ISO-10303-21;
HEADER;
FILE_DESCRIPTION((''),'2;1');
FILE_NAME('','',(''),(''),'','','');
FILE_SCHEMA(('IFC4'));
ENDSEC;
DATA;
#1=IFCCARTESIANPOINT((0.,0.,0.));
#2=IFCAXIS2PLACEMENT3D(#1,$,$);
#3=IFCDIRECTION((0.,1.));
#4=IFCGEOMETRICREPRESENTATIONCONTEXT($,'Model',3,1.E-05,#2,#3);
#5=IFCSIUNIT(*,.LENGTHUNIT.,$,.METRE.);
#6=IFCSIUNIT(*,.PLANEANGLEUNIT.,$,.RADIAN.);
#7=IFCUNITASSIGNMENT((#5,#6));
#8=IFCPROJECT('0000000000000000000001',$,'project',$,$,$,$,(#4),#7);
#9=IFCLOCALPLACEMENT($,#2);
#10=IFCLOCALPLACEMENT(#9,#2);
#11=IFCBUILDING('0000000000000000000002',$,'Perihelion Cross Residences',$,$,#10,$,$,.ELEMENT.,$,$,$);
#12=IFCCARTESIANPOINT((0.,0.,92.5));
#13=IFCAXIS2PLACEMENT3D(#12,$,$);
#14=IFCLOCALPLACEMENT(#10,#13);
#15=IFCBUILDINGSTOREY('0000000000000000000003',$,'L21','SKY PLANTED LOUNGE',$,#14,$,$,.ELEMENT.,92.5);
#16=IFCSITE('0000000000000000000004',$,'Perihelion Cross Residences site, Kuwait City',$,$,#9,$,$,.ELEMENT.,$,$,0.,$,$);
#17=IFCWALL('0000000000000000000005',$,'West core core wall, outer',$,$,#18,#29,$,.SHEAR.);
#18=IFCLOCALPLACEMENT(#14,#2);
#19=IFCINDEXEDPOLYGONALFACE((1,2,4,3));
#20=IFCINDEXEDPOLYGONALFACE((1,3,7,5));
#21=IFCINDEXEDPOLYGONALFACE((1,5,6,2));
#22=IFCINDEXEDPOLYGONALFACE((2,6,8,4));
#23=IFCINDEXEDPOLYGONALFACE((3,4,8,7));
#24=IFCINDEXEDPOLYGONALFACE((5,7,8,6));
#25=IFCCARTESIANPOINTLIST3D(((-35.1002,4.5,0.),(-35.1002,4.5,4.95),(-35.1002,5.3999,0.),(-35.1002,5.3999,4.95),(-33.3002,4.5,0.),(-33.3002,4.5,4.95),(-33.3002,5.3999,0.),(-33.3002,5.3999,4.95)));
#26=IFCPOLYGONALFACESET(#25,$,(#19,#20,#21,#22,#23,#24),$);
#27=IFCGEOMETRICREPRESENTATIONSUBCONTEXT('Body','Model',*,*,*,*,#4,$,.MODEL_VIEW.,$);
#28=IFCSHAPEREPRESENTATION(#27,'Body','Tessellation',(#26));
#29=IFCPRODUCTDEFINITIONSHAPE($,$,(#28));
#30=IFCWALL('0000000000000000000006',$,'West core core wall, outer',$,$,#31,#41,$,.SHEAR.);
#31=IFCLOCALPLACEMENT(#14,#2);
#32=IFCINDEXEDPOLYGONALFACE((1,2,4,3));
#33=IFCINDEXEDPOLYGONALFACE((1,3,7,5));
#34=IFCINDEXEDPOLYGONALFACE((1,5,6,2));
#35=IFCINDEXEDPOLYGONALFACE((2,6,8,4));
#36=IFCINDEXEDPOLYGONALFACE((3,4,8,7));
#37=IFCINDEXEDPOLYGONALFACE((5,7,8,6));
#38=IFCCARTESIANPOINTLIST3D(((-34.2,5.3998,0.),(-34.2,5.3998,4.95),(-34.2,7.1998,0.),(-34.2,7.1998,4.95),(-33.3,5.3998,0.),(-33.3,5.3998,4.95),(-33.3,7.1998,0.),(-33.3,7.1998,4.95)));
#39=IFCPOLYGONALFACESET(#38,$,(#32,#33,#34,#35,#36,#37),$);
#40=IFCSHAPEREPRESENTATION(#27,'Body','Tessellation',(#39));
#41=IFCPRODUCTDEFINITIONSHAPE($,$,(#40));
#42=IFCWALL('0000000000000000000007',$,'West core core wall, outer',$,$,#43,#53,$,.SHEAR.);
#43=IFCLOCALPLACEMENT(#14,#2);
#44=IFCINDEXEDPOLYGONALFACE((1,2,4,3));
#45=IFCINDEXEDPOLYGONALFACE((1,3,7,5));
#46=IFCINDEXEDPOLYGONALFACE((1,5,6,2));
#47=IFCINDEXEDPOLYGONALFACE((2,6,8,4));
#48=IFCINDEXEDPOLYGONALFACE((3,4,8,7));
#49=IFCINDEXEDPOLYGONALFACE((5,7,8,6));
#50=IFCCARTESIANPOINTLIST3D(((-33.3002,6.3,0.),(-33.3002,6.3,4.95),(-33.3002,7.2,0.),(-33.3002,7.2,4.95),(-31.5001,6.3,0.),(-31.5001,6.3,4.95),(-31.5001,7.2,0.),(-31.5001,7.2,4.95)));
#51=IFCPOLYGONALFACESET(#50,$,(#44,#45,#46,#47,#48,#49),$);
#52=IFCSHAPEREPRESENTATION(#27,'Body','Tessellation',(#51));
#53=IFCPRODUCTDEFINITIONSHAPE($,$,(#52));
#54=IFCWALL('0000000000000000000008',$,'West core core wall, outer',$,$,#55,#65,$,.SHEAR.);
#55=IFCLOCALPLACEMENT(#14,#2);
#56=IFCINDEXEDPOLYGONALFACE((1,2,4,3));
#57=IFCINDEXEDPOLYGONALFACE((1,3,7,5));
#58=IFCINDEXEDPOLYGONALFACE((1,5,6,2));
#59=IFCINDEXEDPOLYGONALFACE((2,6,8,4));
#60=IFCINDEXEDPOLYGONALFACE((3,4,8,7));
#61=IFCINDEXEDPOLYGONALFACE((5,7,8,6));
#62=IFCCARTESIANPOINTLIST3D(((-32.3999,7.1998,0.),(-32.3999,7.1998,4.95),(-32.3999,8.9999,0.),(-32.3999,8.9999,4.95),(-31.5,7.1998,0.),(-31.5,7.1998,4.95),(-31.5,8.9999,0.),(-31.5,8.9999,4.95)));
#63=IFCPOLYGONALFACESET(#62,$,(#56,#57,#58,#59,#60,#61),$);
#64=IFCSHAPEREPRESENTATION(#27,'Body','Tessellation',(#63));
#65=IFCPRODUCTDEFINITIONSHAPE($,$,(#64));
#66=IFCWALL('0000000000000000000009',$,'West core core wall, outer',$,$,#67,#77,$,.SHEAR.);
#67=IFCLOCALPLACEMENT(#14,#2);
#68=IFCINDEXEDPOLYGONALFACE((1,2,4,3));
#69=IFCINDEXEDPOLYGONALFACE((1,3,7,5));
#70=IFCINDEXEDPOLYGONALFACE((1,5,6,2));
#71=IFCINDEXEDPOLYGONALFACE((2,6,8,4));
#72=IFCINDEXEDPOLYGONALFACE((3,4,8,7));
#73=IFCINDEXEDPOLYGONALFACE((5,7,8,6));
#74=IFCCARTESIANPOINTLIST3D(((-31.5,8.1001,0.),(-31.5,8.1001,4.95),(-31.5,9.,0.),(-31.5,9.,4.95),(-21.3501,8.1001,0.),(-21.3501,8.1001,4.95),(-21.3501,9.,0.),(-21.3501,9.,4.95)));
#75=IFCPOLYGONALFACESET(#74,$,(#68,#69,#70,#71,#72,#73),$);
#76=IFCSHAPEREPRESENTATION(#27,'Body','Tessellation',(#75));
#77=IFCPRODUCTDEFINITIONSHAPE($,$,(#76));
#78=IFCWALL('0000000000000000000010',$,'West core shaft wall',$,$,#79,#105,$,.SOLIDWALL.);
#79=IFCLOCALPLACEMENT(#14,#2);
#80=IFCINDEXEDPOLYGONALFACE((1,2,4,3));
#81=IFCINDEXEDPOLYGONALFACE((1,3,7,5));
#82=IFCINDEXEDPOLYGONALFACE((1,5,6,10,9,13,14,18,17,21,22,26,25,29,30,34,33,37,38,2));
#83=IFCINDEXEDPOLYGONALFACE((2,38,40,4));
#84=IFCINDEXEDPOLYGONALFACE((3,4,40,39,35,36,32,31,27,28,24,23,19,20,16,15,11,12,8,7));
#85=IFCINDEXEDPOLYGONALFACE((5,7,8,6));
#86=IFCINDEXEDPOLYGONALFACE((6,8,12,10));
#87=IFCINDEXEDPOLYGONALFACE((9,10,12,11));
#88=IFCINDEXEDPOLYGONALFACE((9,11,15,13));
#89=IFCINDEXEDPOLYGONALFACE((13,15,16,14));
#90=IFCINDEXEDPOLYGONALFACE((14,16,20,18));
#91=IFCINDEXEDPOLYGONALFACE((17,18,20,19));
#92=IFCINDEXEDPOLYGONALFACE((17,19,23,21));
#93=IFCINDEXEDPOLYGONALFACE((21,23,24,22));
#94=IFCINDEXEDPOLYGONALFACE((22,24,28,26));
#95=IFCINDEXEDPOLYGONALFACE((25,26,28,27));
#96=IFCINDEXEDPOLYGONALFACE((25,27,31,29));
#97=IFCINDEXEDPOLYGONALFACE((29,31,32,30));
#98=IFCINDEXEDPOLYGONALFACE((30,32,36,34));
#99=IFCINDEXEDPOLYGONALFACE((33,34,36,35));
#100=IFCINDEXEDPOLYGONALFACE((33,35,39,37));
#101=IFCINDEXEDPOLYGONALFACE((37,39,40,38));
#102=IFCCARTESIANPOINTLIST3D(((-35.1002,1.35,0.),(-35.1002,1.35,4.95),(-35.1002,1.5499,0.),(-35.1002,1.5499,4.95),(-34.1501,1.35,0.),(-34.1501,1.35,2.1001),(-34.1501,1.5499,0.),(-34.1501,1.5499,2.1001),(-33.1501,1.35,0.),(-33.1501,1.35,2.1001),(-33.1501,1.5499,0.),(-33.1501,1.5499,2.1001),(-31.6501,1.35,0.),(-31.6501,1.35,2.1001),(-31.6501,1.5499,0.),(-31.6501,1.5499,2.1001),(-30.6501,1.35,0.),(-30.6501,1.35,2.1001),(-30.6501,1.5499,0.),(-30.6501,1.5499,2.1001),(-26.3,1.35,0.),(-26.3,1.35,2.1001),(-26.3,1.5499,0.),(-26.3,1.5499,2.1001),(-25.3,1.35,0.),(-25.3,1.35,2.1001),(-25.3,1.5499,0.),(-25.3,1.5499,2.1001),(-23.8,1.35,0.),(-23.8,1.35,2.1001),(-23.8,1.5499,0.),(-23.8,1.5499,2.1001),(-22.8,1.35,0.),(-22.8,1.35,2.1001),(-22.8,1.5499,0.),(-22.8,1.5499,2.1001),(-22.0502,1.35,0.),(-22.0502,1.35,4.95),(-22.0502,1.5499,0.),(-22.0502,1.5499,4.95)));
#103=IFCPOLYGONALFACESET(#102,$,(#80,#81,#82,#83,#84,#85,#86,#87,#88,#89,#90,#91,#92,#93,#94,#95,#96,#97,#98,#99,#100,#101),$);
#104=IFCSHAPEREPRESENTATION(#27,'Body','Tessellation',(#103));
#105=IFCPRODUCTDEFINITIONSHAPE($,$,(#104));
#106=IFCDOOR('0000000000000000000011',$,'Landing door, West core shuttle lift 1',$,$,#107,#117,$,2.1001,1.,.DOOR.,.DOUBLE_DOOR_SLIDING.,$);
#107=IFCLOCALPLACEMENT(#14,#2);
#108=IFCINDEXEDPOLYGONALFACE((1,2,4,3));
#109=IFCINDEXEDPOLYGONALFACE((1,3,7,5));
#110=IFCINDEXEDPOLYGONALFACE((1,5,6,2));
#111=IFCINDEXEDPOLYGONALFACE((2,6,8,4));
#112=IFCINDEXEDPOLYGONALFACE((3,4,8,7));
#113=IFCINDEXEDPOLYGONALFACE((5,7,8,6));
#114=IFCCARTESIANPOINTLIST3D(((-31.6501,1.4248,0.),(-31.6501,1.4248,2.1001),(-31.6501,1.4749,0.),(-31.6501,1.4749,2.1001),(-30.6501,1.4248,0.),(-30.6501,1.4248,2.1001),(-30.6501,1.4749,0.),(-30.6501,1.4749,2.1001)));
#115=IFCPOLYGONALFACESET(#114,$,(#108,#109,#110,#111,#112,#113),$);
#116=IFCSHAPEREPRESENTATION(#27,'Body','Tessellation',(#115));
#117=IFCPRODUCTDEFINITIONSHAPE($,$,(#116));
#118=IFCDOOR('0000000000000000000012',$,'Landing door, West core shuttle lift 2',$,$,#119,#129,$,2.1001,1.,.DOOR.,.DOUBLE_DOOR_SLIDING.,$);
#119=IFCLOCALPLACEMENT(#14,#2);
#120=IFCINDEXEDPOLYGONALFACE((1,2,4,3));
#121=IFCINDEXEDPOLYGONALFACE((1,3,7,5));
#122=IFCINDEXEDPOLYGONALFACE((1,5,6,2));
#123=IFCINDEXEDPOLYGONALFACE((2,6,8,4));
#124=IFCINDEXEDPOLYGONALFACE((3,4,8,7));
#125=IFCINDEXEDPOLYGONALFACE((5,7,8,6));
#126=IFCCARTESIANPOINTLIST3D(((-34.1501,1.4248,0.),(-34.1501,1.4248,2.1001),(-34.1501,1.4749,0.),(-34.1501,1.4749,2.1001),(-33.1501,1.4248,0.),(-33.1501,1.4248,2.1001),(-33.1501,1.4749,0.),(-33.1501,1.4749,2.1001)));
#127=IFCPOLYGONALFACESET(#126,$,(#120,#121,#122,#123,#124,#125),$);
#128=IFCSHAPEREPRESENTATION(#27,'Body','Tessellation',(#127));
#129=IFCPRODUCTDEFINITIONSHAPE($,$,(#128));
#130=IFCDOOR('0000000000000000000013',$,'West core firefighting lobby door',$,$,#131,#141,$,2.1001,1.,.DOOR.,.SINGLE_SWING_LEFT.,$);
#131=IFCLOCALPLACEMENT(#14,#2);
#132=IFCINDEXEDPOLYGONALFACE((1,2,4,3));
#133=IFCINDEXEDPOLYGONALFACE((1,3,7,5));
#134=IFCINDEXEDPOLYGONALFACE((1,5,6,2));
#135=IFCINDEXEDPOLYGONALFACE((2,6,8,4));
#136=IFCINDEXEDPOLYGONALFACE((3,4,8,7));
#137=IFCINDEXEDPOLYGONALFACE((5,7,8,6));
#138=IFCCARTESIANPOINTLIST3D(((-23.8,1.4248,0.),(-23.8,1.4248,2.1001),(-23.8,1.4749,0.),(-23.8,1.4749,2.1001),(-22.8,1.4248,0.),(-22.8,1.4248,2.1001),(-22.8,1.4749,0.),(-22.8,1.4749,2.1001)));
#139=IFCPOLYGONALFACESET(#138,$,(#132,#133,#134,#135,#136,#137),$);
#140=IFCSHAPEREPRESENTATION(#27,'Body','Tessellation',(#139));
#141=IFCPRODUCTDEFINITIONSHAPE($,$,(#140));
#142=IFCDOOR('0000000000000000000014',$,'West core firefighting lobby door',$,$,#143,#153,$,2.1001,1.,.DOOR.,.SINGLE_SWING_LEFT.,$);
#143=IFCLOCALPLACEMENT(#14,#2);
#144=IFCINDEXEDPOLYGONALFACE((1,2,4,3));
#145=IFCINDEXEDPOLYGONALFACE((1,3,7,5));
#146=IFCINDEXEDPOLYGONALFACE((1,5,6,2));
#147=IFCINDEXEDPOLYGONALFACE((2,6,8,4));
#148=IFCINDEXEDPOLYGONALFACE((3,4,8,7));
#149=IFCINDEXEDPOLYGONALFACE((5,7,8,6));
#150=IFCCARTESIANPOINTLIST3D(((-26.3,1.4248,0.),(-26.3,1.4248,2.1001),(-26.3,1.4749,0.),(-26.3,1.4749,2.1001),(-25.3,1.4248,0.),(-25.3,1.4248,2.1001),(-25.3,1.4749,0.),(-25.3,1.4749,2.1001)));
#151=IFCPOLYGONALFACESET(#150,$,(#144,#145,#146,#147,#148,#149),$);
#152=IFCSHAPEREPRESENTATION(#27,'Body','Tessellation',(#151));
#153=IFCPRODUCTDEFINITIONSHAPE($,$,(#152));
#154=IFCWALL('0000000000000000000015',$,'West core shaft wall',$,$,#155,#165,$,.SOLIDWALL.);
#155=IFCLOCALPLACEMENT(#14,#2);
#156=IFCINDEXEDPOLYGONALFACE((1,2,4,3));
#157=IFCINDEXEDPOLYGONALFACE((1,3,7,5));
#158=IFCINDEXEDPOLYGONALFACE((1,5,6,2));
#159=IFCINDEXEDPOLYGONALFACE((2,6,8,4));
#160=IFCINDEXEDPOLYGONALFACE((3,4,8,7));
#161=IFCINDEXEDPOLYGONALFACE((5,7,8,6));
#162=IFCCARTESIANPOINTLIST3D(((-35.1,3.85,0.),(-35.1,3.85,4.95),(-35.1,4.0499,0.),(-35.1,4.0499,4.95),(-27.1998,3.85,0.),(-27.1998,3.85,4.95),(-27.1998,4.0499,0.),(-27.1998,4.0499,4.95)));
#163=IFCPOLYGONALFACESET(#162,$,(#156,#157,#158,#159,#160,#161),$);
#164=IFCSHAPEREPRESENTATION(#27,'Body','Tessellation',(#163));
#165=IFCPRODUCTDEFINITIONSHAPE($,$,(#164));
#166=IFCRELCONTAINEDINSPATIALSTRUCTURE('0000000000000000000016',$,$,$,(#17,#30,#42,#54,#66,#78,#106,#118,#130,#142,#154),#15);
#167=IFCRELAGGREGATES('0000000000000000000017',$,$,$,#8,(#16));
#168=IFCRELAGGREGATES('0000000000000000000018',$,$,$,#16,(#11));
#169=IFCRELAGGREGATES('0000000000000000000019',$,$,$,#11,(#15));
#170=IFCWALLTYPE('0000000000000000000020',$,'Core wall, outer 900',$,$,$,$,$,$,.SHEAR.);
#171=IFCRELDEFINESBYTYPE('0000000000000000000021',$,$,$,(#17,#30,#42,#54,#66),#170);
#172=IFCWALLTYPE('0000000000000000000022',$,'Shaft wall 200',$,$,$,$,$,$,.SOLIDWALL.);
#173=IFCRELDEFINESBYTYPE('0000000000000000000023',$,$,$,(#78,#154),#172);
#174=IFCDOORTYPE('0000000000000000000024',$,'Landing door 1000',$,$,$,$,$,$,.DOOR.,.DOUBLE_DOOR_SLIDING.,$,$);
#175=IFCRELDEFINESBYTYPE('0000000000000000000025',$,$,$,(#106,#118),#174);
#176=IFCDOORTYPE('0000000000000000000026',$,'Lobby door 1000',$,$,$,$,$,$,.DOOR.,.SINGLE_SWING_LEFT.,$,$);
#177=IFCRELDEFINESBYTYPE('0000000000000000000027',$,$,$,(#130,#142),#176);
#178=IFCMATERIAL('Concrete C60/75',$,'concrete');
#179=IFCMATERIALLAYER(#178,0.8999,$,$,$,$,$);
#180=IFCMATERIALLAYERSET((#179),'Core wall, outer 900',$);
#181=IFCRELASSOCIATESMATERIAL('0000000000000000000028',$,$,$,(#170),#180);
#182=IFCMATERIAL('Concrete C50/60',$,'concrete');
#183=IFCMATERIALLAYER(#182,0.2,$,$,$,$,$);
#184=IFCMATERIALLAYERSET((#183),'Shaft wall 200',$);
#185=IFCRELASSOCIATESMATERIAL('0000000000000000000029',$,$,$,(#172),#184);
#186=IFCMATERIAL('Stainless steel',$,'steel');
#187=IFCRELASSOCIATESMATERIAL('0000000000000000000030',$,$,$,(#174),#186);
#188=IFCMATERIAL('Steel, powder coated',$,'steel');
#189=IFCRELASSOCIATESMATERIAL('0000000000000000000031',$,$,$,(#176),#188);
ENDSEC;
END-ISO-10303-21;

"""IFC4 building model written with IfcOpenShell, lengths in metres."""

from ifc_helpers import new_model, si_unit, direction, frame, frame_2d, origin, place, context, subcontext, project, spatial, rectangle, extrude, material, layer, layer_set, type_object, element, fill, save


model = new_model("IFC4")

# Units and contexts
model_context = context("Model", 3, precision=1e-05, world=origin(), true_north=direction((0.0, 1.0)))
body_context = subcontext(model_context, "Body", "Model", "MODEL_VIEW")
ifc_project = project(units=[si_unit("LENGTHUNIT", "METRE"), si_unit("PLANEANGLEUNIT", "RADIAN")], contexts=[model_context])

# Site, building, storey
site_placement = place(None, origin())
site = spatial("IfcSite", under=ifc_project, at=site_placement, Name="Perihelion Cross Residences site, Kuwait City", CompositionType="ELEMENT", RefElevation=0.0)
building_placement = place(site_placement, origin())
building = spatial("IfcBuilding", under=site, at=building_placement, Name="Perihelion Cross Residences", CompositionType="ELEMENT")
storey_placement = place(building_placement, frame((0.0, 0.0, 92.5)))
storey = spatial("IfcBuildingStorey", under=building, at=storey_placement, Name="L21", Description="SKY PLANTED LOUNGE", CompositionType="ELEMENT", Elevation=92.5)

# Walls
ifc_material_1 = material(Name="Concrete C60/75", Category="concrete")
ifc_layer_1 = layer(ifc_material_1, 0.8999)
ifc_layer_set_1 = layer_set([ifc_layer_1], Name="Core wall, outer 900")
wall_type_1 = type_object("IfcWallType", Name="Core wall, outer 900", PredefinedType="SHEAR", material=ifc_layer_set_1)
for number, where, z_axis, x_axis, name in (
    (1, (-35.1001, 4.95, 0.0), (0.0, 0.0, 1.0), (1.0, 0.0, 0.0), "West core core wall, outer"),
    (2, (-33.75, 5.3999, 0.0), (0.0, 0.0, 1.0), (0.0, 1.0, 0.0), "West core core wall, outer"),
    (3, (-33.3, 6.75, 0.0), (0.0, 0.0, 1.0), (1.0, 0.0, 0.0), "West core core wall, outer"),
    (4, (-31.95, 7.2, 0.0), (0.0, 0.0, 1.0), (0.0, 1.0, 0.0), "West core core wall, outer"),
):
    element("IfcWall", number, at=place(storey_placement, frame(where, z_axis=z_axis, x_axis=x_axis)), inside=storey, type_object=wall_type_1, Name=name, PredefinedType="SHEAR", context=body_context, shape_type="SweptSolid", body=[
        extrude(rectangle(XDim=1.8, YDim=0.8999, at=frame_2d((0.8999, 0.0))), origin(), (0.0, 0.0, 1.0), 4.95),
    ])
wall_1_placement = place(storey_placement, frame((-31.5, 8.55, 0.0), z_axis=(0.0, 0.0, 1.0), x_axis=(1.0, 0.0, 0.0)))
element("IfcWall", 5, at=wall_1_placement, inside=storey, type_object=wall_type_1, Name="West core core wall, outer", PredefinedType="SHEAR", context=body_context, shape_type="SweptSolid", body=[
    extrude(rectangle(XDim=10.1499, YDim=0.8999, at=frame_2d((5.075, 0.0))), origin(), (0.0, 0.0, 1.0), 4.95),
])

# Wall, openings, doors
ifc_material_2 = material(Name="Concrete C50/60", Category="concrete")
ifc_layer_2 = layer(ifc_material_2, 0.2)
ifc_layer_set_2 = layer_set([ifc_layer_2], Name="Shaft wall 200")
wall_type_2 = type_object("IfcWallType", Name="Shaft wall 200", PredefinedType="SOLIDWALL", material=ifc_layer_set_2)
wall_2_placement = place(storey_placement, frame((-35.1001, 1.45, 0.0), z_axis=(0.0, 0.0, 1.0), x_axis=(1.0, 0.0, 0.0)))
wall_2 = element("IfcWall", 6, at=wall_2_placement, inside=storey, type_object=wall_type_2, Name="West core shaft wall", PredefinedType="SOLIDWALL", context=body_context, shape_type="SweptSolid", body=[
    extrude(rectangle(XDim=13.05, YDim=0.2, at=frame_2d((6.5249, 0.0))), origin(), (0.0, 0.0, 1.0), 4.95),
])
opening_1_placement = place(wall_2_placement, frame((3.45, 0.0, 0.0)))
opening_1 = element("IfcOpeningElement", 7, at=opening_1_placement, cuts=wall_2, PredefinedType="OPENING", context=body_context, shape_type="SweptSolid", body=[
    extrude(rectangle(XDim=1.0, YDim=2.1001, at=frame_2d((0.5, 1.05))), frame((0.0, 0.1099, 0.0), z_axis=(0.0, -1.0, 0.0), x_axis=(1.0, 0.0, 0.0)), (0.0, 0.0, 1.0), 0.22),
])
opening_2_placement = place(wall_2_placement, frame((0.95, 0.0, 0.0)))
opening_2 = element("IfcOpeningElement", 8, at=opening_2_placement, cuts=wall_2, PredefinedType="OPENING", context=body_context, shape_type="SweptSolid", body=[
    extrude(rectangle(XDim=1.0, YDim=2.1001, at=frame_2d((0.5, 1.05))), frame((0.0, 0.1099, 0.0), z_axis=(0.0, -1.0, 0.0), x_axis=(1.0, 0.0, 0.0)), (0.0, 0.0, 1.0), 0.22),
])
opening_3_placement = place(wall_2_placement, frame((11.3, 0.0, 0.0)))
opening_3 = element("IfcOpeningElement", 9, at=opening_3_placement, cuts=wall_2, PredefinedType="OPENING", context=body_context, shape_type="SweptSolid", body=[
    extrude(rectangle(XDim=1.0, YDim=2.1001, at=frame_2d((0.5, 1.05))), frame((0.0, 0.1099, 0.0), z_axis=(0.0, -1.0, 0.0), x_axis=(1.0, 0.0, 0.0)), (0.0, 0.0, 1.0), 0.22),
])
opening_4_placement = place(wall_2_placement, frame((8.8, 0.0, 0.0)))
opening_4 = element("IfcOpeningElement", 10, at=opening_4_placement, cuts=wall_2, PredefinedType="OPENING", context=body_context, shape_type="SweptSolid", body=[
    extrude(rectangle(XDim=1.0, YDim=2.1001, at=frame_2d((0.5, 1.05))), frame((0.0, 0.1099, 0.0), z_axis=(0.0, -1.0, 0.0), x_axis=(1.0, 0.0, 0.0)), (0.0, 0.0, 1.0), 0.22),
])
ifc_material_3 = material(Name="Stainless steel", Category="steel")
door_type_1 = type_object("IfcDoorType", Name="Landing door 1000", OperationType="DOUBLE_DOOR_SLIDING", PredefinedType="DOOR", material=ifc_material_3)
door_1_placement = place(opening_1_placement, origin())
door_1 = element("IfcDoor", 11, at=door_1_placement, inside=storey, type_object=door_type_1, Name="Landing door, West core shuttle lift 1", OperationType="DOUBLE_DOOR_SLIDING", OverallHeight=2.1001, OverallWidth=1.0, PredefinedType="DOOR", context=body_context, shape_type="SweptSolid", body=[
    extrude(rectangle(XDim=1.0, YDim=2.1001, at=frame_2d((0.5, 1.05))), frame((0.0, 0.0249, 0.0), z_axis=(0.0, -1.0, 0.0), x_axis=(1.0, 0.0, 0.0)), (0.0, 0.0, 1.0), 0.05),
])
fill(opening_1, door_1)
door_2_placement = place(opening_2_placement, origin())
door_2 = element("IfcDoor", 12, at=door_2_placement, inside=storey, type_object=door_type_1, Name="Landing door, West core shuttle lift 2", OperationType="DOUBLE_DOOR_SLIDING", OverallHeight=2.1001, OverallWidth=1.0, PredefinedType="DOOR", context=body_context, shape_type="SweptSolid", body=[
    extrude(rectangle(XDim=1.0, YDim=2.1001, at=frame_2d((0.5, 1.05))), frame((0.0, 0.0249, 0.0), z_axis=(0.0, -1.0, 0.0), x_axis=(1.0, 0.0, 0.0)), (0.0, 0.0, 1.0), 0.05),
])
fill(opening_2, door_2)
ifc_material_4 = material(Name="Steel, powder coated", Category="steel")
door_type_2 = type_object("IfcDoorType", Name="Lobby door 1000", OperationType="SINGLE_SWING_LEFT", PredefinedType="DOOR", material=ifc_material_4)
door_3_placement = place(opening_3_placement, origin())
door_3 = element("IfcDoor", 13, at=door_3_placement, inside=storey, type_object=door_type_2, Name="West core firefighting lobby door", OperationType="SINGLE_SWING_LEFT", OverallHeight=2.1001, OverallWidth=1.0, PredefinedType="DOOR", context=body_context, shape_type="SweptSolid", body=[
    extrude(rectangle(XDim=1.0, YDim=2.1001, at=frame_2d((0.5, 1.05))), frame((0.0, 0.0249, 0.0), z_axis=(0.0, -1.0, 0.0), x_axis=(1.0, 0.0, 0.0)), (0.0, 0.0, 1.0), 0.05),
])
fill(opening_3, door_3)
door_4_placement = place(opening_4_placement, origin())
door_4 = element("IfcDoor", 14, at=door_4_placement, inside=storey, type_object=door_type_2, Name="West core firefighting lobby door", OperationType="SINGLE_SWING_LEFT", OverallHeight=2.1001, OverallWidth=1.0, PredefinedType="DOOR", context=body_context, shape_type="SweptSolid", body=[
    extrude(rectangle(XDim=1.0, YDim=2.1001, at=frame_2d((0.5, 1.05))), frame((0.0, 0.0249, 0.0), z_axis=(0.0, -1.0, 0.0), x_axis=(1.0, 0.0, 0.0)), (0.0, 0.0, 1.0), 0.05),
])
fill(opening_4, door_4)

# Wall
wall_3_placement = place(storey_placement, frame((-35.1001, 3.95, 0.0), z_axis=(0.0, 0.0, 1.0), x_axis=(1.0, 0.0, 0.0)))
element("IfcWall", 15, at=wall_3_placement, inside=storey, type_object=wall_type_2, Name="West core shaft wall", PredefinedType="SOLIDWALL", context=body_context, shape_type="SweptSolid", body=[
    extrude(rectangle(XDim=7.9001, YDim=0.2, at=frame_2d((3.9502, 0.0))), origin(), (0.0, 0.0, 1.0), 4.95),
])

save(model, "model.ifc")
